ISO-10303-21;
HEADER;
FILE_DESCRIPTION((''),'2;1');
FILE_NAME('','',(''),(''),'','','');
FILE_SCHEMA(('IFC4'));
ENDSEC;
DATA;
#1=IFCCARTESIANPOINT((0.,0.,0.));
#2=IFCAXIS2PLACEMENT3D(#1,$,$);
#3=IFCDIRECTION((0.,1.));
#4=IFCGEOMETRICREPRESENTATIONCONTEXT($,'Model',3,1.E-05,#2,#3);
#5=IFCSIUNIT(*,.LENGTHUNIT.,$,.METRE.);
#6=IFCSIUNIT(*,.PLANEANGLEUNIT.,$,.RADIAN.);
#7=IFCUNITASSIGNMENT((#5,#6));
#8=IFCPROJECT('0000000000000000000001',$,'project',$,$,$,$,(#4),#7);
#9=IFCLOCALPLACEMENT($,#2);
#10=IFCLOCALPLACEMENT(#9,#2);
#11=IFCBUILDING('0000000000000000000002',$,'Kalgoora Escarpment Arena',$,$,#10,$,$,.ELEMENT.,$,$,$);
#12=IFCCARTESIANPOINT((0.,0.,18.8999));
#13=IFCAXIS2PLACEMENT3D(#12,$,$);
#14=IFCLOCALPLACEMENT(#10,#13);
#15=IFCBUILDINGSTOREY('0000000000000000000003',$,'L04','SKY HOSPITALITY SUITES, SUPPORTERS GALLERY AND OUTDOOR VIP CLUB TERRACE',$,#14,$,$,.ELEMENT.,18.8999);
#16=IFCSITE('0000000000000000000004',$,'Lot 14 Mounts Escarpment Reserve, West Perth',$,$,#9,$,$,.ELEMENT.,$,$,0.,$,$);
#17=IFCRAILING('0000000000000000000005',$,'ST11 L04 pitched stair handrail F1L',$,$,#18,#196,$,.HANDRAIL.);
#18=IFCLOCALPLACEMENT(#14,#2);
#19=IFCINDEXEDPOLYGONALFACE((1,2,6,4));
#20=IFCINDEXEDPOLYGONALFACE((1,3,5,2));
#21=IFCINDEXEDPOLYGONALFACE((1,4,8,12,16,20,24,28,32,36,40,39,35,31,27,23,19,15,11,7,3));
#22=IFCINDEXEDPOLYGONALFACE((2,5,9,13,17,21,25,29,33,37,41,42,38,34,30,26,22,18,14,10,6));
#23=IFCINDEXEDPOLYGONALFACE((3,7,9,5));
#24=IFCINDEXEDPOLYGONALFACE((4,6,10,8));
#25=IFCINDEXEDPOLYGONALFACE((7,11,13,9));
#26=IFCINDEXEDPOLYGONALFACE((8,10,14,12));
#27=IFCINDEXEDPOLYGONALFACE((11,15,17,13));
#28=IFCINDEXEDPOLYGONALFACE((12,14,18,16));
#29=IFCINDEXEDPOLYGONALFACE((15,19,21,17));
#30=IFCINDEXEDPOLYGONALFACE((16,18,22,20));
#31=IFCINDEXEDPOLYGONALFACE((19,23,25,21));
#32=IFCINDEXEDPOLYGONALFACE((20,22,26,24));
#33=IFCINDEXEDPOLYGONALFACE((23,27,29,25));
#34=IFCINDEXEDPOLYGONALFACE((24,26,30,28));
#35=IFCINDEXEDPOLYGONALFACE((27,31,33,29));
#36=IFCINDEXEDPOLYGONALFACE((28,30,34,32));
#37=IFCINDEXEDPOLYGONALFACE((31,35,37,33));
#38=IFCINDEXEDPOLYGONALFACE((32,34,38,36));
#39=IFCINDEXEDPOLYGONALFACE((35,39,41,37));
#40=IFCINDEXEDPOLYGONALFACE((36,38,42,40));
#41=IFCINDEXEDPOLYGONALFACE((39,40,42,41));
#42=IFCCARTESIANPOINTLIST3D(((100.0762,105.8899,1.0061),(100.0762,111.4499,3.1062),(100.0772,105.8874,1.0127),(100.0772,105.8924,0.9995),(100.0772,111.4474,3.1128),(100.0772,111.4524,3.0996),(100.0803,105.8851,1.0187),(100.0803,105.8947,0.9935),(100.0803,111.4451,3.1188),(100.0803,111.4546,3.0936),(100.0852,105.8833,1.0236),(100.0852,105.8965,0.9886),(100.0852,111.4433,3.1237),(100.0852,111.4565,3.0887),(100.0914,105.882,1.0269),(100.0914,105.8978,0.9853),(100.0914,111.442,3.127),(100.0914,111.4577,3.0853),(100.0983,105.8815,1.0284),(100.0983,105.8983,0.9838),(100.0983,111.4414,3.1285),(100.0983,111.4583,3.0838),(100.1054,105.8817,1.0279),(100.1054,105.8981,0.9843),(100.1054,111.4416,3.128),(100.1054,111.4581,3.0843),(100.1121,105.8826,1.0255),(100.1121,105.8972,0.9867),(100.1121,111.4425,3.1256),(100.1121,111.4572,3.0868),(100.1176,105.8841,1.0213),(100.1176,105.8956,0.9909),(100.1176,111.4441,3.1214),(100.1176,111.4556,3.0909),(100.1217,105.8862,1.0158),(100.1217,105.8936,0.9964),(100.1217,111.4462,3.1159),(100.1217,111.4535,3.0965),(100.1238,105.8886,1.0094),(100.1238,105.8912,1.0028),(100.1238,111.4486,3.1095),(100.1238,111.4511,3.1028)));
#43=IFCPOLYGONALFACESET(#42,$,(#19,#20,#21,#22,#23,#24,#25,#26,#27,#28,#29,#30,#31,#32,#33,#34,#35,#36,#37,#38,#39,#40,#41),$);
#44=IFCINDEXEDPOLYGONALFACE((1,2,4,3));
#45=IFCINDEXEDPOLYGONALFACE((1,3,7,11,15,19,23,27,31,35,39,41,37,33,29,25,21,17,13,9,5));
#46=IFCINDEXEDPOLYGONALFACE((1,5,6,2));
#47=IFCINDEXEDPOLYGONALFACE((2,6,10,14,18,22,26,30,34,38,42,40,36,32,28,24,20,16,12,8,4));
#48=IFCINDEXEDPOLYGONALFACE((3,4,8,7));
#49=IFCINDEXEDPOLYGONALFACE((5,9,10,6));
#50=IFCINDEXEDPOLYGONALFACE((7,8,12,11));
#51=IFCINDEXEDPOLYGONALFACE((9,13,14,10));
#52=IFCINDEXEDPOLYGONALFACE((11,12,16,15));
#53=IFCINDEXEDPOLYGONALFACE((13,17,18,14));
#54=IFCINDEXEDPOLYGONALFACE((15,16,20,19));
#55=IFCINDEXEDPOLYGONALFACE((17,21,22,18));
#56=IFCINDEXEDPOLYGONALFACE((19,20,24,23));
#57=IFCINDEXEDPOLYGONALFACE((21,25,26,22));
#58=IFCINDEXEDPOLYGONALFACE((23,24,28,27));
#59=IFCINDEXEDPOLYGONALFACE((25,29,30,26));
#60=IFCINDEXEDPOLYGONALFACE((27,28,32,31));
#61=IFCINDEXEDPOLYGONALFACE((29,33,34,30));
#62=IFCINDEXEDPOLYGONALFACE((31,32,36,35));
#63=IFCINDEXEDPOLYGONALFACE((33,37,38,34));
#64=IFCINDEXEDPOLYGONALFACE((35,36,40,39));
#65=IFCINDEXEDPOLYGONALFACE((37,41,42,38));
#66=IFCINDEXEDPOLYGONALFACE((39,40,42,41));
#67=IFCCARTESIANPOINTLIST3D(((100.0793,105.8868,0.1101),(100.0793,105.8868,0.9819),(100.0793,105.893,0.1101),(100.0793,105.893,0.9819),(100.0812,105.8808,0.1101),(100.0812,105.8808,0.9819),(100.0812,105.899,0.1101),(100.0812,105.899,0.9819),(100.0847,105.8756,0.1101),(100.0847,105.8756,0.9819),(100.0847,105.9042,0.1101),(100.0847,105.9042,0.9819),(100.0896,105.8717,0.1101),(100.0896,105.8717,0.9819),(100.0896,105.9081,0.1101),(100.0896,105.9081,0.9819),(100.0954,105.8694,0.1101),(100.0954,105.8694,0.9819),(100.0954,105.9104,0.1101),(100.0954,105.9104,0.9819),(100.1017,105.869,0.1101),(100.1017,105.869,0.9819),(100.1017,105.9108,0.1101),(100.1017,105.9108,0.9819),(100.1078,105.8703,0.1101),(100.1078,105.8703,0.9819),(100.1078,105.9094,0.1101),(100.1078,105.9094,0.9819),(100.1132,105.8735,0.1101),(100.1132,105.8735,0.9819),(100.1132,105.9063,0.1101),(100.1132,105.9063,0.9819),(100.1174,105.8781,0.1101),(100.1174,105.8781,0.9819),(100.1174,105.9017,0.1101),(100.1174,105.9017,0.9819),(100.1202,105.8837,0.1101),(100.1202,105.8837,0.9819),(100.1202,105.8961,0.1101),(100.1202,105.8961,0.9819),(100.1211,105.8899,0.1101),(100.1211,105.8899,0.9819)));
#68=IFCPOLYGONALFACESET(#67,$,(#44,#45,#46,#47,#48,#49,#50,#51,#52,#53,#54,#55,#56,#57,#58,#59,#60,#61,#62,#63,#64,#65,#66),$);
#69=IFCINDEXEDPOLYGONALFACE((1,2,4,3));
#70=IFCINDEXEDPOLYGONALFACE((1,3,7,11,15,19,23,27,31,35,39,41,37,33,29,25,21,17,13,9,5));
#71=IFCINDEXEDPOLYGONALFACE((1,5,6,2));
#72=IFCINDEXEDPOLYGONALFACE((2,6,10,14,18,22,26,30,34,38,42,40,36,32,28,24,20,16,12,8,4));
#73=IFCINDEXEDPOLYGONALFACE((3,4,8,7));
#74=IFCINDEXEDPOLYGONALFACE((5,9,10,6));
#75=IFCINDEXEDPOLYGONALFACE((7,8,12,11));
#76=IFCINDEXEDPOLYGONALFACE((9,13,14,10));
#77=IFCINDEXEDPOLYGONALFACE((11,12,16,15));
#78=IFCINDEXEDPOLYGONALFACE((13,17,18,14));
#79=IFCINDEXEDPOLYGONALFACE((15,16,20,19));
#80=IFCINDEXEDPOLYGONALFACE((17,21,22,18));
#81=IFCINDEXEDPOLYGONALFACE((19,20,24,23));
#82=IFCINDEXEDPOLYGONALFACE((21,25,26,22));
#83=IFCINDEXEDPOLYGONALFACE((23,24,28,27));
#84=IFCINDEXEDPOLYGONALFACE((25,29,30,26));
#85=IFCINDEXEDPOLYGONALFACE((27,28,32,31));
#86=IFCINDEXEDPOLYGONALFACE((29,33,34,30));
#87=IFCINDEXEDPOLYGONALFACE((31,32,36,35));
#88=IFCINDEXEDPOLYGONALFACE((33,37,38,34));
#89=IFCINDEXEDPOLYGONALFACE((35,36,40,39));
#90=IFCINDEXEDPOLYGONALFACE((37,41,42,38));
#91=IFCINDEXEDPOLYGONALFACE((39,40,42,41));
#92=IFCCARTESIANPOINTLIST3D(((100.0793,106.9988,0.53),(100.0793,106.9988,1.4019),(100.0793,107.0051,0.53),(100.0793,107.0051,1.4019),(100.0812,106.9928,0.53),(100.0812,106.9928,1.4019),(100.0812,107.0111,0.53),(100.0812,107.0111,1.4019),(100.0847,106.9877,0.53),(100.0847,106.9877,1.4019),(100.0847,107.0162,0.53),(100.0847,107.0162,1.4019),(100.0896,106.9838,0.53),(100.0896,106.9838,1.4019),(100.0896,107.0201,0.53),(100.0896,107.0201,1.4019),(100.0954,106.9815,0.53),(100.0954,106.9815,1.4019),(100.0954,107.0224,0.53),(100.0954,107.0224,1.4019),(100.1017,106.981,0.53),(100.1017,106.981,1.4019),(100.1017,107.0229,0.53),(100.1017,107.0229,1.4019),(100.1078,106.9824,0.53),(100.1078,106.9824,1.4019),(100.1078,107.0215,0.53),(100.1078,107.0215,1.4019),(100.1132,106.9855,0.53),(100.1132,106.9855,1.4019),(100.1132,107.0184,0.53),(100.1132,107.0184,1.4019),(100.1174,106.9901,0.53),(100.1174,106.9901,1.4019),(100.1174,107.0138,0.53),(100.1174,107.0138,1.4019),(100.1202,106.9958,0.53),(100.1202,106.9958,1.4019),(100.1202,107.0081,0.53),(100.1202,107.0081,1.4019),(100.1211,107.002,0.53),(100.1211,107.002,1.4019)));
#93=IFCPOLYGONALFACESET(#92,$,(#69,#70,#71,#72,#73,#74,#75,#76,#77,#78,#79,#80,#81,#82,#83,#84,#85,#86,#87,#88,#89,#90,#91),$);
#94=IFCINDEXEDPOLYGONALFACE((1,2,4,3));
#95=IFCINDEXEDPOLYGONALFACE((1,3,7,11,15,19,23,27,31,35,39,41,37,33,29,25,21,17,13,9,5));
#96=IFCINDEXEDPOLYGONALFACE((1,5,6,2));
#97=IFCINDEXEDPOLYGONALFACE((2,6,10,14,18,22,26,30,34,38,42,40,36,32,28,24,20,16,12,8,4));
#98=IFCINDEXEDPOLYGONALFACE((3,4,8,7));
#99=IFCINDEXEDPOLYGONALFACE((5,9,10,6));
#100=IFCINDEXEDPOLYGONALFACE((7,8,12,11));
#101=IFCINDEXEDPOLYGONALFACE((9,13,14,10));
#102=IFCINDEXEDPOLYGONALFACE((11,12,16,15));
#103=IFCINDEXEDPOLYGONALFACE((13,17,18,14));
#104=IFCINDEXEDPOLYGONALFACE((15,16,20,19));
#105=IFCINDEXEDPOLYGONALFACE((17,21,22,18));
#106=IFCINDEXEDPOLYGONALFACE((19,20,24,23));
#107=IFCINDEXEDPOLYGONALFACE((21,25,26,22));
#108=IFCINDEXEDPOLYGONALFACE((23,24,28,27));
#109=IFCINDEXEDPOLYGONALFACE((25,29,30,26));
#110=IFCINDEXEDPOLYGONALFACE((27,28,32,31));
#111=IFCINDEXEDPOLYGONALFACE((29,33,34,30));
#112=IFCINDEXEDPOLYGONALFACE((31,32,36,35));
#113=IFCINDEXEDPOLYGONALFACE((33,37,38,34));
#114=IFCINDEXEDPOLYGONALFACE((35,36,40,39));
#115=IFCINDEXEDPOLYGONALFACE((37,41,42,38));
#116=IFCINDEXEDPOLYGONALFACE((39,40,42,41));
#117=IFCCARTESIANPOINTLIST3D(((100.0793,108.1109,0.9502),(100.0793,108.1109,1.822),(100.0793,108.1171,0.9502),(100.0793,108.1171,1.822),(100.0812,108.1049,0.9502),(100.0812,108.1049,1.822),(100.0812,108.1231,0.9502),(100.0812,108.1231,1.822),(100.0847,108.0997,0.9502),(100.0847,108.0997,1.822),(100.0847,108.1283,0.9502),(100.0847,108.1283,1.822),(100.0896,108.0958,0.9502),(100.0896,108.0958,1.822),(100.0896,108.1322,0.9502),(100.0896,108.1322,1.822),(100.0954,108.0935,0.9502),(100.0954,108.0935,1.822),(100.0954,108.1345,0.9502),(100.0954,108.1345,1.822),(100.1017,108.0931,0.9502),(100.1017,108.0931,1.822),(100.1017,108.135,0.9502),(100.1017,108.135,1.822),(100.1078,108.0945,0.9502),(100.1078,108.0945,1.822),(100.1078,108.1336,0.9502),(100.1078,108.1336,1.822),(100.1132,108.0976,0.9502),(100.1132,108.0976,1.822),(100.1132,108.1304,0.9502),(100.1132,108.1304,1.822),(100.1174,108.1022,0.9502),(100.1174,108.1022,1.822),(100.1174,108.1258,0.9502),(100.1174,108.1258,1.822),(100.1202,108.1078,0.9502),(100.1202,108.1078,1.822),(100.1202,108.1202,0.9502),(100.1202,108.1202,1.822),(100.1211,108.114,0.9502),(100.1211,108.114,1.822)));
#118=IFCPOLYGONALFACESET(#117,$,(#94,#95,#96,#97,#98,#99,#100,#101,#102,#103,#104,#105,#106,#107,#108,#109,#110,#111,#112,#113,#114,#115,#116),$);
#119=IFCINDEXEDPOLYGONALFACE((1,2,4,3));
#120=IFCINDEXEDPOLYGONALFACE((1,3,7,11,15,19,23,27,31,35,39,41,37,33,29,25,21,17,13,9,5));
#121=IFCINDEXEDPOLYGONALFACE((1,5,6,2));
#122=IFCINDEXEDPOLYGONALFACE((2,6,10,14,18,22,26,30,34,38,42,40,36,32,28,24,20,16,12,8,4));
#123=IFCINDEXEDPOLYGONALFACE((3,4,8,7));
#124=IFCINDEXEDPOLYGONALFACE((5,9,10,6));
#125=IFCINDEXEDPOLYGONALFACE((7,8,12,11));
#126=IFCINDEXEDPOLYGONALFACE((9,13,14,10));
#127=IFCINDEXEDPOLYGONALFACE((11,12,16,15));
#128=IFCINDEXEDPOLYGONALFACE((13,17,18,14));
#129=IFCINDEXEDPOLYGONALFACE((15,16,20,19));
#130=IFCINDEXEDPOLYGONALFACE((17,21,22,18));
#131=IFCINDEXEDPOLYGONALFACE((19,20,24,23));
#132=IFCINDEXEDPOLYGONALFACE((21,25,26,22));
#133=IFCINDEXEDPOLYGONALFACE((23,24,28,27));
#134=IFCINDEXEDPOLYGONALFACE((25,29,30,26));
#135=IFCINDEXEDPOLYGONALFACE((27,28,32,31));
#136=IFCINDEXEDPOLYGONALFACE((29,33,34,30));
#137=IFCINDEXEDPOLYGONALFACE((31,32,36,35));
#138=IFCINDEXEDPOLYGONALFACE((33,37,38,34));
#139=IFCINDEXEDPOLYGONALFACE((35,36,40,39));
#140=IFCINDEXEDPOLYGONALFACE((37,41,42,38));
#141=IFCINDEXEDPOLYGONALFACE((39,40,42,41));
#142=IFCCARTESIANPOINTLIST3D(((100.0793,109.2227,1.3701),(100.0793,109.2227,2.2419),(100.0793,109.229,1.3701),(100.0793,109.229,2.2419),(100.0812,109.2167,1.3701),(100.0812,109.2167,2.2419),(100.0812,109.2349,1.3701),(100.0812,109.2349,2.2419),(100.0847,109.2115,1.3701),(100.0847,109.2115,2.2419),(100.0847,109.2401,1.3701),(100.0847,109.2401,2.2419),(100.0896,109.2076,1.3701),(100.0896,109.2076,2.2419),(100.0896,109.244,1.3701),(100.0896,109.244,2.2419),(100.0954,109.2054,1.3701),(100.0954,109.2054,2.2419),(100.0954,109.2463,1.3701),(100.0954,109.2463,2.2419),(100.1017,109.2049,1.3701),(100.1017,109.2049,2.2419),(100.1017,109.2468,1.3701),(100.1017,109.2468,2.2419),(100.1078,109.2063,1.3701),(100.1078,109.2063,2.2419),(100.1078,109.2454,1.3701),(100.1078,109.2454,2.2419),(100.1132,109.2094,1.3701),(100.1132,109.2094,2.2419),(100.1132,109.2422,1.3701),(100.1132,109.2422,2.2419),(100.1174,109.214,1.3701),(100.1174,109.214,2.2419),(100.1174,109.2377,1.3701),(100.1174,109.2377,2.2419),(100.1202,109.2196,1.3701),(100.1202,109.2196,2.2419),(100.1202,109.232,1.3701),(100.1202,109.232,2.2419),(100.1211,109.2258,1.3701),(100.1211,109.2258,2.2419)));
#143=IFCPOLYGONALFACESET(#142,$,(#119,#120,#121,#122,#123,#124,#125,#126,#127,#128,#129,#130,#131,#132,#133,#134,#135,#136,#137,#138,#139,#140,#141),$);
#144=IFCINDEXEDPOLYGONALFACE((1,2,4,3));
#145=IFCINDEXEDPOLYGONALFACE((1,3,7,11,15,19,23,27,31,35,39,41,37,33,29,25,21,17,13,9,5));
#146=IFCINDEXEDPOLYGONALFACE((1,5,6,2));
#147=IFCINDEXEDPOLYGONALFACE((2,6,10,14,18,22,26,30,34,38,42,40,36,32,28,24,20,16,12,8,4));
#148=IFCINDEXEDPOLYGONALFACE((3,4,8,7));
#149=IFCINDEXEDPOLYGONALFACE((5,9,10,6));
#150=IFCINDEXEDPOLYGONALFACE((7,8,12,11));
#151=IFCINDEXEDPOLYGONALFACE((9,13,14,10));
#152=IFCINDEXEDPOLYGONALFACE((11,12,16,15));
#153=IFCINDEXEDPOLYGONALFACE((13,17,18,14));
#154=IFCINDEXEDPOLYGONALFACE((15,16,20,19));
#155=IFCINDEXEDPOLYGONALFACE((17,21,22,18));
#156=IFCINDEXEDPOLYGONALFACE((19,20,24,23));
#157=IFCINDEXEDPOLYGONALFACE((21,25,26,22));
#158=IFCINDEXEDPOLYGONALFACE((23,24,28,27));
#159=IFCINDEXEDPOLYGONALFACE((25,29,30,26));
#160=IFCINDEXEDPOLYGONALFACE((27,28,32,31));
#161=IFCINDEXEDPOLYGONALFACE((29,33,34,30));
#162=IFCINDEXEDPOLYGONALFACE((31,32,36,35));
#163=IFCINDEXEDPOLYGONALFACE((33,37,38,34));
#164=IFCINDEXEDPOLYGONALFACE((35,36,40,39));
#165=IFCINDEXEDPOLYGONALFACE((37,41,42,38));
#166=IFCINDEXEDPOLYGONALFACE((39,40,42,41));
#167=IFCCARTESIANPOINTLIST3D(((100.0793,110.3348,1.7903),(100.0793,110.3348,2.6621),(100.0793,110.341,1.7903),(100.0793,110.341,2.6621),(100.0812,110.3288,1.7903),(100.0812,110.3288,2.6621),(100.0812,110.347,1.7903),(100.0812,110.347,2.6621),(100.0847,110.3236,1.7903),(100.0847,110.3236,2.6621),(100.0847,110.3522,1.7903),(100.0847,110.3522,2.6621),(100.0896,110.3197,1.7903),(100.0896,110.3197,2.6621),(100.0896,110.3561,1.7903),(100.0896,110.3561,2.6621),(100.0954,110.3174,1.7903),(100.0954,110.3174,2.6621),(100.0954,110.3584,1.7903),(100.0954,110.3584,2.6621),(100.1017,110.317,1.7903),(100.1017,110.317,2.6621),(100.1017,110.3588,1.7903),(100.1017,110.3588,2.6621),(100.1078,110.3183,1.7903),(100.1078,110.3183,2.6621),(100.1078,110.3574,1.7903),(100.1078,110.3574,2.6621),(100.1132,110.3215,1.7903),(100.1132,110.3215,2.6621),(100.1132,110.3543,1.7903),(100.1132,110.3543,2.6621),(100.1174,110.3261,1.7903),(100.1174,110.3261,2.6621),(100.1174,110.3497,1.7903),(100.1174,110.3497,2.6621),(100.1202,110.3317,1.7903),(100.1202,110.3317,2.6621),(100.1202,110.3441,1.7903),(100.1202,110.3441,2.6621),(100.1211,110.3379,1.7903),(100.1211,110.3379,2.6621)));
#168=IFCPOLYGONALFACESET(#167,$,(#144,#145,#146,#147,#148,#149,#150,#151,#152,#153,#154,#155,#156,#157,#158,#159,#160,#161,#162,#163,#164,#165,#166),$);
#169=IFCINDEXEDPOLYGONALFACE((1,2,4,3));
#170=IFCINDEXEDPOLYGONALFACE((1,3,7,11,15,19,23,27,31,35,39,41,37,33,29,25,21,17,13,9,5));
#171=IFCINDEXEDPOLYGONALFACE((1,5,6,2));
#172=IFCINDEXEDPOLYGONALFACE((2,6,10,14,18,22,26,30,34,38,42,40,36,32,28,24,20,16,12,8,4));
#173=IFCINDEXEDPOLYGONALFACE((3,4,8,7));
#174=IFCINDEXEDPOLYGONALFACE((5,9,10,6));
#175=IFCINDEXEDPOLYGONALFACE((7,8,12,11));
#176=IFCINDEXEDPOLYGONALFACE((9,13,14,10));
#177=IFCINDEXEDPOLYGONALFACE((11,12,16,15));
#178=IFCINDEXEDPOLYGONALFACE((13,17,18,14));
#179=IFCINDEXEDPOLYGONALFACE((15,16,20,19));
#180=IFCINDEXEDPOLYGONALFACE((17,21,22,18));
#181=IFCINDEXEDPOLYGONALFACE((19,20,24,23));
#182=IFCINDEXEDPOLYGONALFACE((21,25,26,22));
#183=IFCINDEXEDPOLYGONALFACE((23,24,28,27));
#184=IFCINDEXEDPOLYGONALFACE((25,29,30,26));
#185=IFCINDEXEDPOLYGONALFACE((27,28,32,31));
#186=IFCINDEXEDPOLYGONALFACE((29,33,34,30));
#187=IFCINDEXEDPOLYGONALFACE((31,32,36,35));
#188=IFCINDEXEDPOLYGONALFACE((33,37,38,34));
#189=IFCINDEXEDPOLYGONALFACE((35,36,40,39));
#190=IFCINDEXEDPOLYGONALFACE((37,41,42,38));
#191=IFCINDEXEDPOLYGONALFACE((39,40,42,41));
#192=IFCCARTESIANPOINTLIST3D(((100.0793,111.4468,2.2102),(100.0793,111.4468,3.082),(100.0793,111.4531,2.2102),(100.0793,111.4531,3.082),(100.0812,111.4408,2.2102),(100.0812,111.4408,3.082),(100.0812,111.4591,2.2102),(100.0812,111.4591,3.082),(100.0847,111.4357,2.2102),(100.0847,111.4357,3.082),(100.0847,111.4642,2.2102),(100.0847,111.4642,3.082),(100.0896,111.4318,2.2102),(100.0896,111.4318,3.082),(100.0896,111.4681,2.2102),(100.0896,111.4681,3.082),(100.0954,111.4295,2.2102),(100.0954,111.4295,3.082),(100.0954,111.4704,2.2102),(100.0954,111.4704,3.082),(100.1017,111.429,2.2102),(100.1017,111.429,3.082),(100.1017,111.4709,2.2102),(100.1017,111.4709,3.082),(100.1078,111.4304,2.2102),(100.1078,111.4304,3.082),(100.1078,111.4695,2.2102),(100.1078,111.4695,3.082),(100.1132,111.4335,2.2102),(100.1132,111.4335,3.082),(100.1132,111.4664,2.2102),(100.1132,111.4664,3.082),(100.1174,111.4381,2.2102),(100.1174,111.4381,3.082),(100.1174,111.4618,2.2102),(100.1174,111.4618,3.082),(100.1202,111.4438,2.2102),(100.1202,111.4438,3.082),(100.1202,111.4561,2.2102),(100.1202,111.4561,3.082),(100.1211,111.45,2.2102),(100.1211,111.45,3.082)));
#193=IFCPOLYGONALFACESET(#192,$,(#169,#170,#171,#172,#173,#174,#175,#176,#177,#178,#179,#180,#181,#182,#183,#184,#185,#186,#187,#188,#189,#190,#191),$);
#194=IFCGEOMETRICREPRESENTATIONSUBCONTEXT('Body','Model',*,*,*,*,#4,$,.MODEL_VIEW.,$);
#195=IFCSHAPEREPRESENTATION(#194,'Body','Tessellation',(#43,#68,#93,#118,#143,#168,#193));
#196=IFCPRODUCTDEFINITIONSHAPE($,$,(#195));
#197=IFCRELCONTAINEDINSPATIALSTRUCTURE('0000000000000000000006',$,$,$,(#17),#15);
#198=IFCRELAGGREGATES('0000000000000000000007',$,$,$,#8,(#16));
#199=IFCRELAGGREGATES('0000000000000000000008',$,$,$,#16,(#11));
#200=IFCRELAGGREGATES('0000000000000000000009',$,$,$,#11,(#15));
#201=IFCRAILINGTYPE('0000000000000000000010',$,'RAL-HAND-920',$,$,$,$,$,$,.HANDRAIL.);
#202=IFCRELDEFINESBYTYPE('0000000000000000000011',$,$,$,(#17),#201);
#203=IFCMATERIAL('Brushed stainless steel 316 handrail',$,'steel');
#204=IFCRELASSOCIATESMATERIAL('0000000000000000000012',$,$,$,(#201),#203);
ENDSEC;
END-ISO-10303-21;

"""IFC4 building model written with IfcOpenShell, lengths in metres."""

from ifc_helpers import new_model, si_unit, direction, frame, origin, origin_2d, place, context, subcontext, project, spatial, circle, extrude, material, type_object, element, save


model = new_model("IFC4")

# Units and contexts
model_context = context("Model", 3, precision=1e-05, world=origin(), true_north=direction((0.0, 1.0)))
body_context = subcontext(model_context, "Body", "Model", "MODEL_VIEW")
ifc_project = project(units=[si_unit("LENGTHUNIT", "METRE"), si_unit("PLANEANGLEUNIT", "RADIAN")], contexts=[model_context])

# Site, building, storey
site_placement = place(None, origin())
site = spatial("IfcSite", under=ifc_project, at=site_placement, Name="Lot 14 Mounts Escarpment Reserve, West Perth", CompositionType="ELEMENT", RefElevation=0.0)
building_placement = place(site_placement, origin())
building = spatial("IfcBuilding", under=site, at=building_placement, Name="Kalgoora Escarpment Arena", CompositionType="ELEMENT")
storey_placement = place(building_placement, frame((0.0, 0.0, 18.8999)))
storey = spatial("IfcBuildingStorey", under=building, at=storey_placement, Name="L04", Description="SKY HOSPITALITY SUITES, SUPPORTERS GALLERY AND OUTDOOR VIP CLUB TERRACE", CompositionType="ELEMENT", Elevation=18.8999)

# Railing
ifc_material_1 = material(Name="Brushed stainless steel 316 handrail", Category="steel")
railing_type_1 = type_object("IfcRailingType", Name="RAL-HAND-920", PredefinedType="HANDRAIL", material=ifc_material_1)
railing_1_placement = place(storey_placement, frame((100.1001, 105.8899, 0.1101)))
element("IfcRailing", 1, at=railing_1_placement, inside=storey, type_object=railing_type_1, Name="ST11 L04 pitched stair handrail F1L", PredefinedType="HANDRAIL", context=body_context, shape_type="SweptSolid", body=[
    extrude(circle(Radius=0.0239, at=origin_2d()), frame((0.0, 0.0, 0.896), z_axis=(0.0, 0.935493, 0.353346), x_axis=(-1.0, 0.0, 0.0)), (0.0, 0.0, 1.0), 5.9434),
    extrude(circle(Radius=0.021, at=origin_2d()), origin(), (0.0, 0.0, 1.0), 0.8718),
    extrude(circle(Radius=0.021, at=origin_2d()), frame((0.0, 1.1121, 0.4199)), (0.0, 0.0, 1.0), 0.8718),
    extrude(circle(Radius=0.021, at=origin_2d()), frame((0.0, 2.2241, 0.8401)), (0.0, 0.0, 1.0), 0.8718),
    extrude(circle(Radius=0.021, at=origin_2d()), frame((0.0, 3.3359, 1.26)), (0.0, 0.0, 1.0), 0.8718),
    extrude(circle(Radius=0.021, at=origin_2d()), frame((0.0, 4.448, 1.6802)), (0.0, 0.0, 1.0), 0.8718),
    extrude(circle(Radius=0.021, at=origin_2d()), frame((0.0, 5.5601, 2.1001)), (0.0, 0.0, 1.0), 0.8718),
])

save(model, "model.ifc")
